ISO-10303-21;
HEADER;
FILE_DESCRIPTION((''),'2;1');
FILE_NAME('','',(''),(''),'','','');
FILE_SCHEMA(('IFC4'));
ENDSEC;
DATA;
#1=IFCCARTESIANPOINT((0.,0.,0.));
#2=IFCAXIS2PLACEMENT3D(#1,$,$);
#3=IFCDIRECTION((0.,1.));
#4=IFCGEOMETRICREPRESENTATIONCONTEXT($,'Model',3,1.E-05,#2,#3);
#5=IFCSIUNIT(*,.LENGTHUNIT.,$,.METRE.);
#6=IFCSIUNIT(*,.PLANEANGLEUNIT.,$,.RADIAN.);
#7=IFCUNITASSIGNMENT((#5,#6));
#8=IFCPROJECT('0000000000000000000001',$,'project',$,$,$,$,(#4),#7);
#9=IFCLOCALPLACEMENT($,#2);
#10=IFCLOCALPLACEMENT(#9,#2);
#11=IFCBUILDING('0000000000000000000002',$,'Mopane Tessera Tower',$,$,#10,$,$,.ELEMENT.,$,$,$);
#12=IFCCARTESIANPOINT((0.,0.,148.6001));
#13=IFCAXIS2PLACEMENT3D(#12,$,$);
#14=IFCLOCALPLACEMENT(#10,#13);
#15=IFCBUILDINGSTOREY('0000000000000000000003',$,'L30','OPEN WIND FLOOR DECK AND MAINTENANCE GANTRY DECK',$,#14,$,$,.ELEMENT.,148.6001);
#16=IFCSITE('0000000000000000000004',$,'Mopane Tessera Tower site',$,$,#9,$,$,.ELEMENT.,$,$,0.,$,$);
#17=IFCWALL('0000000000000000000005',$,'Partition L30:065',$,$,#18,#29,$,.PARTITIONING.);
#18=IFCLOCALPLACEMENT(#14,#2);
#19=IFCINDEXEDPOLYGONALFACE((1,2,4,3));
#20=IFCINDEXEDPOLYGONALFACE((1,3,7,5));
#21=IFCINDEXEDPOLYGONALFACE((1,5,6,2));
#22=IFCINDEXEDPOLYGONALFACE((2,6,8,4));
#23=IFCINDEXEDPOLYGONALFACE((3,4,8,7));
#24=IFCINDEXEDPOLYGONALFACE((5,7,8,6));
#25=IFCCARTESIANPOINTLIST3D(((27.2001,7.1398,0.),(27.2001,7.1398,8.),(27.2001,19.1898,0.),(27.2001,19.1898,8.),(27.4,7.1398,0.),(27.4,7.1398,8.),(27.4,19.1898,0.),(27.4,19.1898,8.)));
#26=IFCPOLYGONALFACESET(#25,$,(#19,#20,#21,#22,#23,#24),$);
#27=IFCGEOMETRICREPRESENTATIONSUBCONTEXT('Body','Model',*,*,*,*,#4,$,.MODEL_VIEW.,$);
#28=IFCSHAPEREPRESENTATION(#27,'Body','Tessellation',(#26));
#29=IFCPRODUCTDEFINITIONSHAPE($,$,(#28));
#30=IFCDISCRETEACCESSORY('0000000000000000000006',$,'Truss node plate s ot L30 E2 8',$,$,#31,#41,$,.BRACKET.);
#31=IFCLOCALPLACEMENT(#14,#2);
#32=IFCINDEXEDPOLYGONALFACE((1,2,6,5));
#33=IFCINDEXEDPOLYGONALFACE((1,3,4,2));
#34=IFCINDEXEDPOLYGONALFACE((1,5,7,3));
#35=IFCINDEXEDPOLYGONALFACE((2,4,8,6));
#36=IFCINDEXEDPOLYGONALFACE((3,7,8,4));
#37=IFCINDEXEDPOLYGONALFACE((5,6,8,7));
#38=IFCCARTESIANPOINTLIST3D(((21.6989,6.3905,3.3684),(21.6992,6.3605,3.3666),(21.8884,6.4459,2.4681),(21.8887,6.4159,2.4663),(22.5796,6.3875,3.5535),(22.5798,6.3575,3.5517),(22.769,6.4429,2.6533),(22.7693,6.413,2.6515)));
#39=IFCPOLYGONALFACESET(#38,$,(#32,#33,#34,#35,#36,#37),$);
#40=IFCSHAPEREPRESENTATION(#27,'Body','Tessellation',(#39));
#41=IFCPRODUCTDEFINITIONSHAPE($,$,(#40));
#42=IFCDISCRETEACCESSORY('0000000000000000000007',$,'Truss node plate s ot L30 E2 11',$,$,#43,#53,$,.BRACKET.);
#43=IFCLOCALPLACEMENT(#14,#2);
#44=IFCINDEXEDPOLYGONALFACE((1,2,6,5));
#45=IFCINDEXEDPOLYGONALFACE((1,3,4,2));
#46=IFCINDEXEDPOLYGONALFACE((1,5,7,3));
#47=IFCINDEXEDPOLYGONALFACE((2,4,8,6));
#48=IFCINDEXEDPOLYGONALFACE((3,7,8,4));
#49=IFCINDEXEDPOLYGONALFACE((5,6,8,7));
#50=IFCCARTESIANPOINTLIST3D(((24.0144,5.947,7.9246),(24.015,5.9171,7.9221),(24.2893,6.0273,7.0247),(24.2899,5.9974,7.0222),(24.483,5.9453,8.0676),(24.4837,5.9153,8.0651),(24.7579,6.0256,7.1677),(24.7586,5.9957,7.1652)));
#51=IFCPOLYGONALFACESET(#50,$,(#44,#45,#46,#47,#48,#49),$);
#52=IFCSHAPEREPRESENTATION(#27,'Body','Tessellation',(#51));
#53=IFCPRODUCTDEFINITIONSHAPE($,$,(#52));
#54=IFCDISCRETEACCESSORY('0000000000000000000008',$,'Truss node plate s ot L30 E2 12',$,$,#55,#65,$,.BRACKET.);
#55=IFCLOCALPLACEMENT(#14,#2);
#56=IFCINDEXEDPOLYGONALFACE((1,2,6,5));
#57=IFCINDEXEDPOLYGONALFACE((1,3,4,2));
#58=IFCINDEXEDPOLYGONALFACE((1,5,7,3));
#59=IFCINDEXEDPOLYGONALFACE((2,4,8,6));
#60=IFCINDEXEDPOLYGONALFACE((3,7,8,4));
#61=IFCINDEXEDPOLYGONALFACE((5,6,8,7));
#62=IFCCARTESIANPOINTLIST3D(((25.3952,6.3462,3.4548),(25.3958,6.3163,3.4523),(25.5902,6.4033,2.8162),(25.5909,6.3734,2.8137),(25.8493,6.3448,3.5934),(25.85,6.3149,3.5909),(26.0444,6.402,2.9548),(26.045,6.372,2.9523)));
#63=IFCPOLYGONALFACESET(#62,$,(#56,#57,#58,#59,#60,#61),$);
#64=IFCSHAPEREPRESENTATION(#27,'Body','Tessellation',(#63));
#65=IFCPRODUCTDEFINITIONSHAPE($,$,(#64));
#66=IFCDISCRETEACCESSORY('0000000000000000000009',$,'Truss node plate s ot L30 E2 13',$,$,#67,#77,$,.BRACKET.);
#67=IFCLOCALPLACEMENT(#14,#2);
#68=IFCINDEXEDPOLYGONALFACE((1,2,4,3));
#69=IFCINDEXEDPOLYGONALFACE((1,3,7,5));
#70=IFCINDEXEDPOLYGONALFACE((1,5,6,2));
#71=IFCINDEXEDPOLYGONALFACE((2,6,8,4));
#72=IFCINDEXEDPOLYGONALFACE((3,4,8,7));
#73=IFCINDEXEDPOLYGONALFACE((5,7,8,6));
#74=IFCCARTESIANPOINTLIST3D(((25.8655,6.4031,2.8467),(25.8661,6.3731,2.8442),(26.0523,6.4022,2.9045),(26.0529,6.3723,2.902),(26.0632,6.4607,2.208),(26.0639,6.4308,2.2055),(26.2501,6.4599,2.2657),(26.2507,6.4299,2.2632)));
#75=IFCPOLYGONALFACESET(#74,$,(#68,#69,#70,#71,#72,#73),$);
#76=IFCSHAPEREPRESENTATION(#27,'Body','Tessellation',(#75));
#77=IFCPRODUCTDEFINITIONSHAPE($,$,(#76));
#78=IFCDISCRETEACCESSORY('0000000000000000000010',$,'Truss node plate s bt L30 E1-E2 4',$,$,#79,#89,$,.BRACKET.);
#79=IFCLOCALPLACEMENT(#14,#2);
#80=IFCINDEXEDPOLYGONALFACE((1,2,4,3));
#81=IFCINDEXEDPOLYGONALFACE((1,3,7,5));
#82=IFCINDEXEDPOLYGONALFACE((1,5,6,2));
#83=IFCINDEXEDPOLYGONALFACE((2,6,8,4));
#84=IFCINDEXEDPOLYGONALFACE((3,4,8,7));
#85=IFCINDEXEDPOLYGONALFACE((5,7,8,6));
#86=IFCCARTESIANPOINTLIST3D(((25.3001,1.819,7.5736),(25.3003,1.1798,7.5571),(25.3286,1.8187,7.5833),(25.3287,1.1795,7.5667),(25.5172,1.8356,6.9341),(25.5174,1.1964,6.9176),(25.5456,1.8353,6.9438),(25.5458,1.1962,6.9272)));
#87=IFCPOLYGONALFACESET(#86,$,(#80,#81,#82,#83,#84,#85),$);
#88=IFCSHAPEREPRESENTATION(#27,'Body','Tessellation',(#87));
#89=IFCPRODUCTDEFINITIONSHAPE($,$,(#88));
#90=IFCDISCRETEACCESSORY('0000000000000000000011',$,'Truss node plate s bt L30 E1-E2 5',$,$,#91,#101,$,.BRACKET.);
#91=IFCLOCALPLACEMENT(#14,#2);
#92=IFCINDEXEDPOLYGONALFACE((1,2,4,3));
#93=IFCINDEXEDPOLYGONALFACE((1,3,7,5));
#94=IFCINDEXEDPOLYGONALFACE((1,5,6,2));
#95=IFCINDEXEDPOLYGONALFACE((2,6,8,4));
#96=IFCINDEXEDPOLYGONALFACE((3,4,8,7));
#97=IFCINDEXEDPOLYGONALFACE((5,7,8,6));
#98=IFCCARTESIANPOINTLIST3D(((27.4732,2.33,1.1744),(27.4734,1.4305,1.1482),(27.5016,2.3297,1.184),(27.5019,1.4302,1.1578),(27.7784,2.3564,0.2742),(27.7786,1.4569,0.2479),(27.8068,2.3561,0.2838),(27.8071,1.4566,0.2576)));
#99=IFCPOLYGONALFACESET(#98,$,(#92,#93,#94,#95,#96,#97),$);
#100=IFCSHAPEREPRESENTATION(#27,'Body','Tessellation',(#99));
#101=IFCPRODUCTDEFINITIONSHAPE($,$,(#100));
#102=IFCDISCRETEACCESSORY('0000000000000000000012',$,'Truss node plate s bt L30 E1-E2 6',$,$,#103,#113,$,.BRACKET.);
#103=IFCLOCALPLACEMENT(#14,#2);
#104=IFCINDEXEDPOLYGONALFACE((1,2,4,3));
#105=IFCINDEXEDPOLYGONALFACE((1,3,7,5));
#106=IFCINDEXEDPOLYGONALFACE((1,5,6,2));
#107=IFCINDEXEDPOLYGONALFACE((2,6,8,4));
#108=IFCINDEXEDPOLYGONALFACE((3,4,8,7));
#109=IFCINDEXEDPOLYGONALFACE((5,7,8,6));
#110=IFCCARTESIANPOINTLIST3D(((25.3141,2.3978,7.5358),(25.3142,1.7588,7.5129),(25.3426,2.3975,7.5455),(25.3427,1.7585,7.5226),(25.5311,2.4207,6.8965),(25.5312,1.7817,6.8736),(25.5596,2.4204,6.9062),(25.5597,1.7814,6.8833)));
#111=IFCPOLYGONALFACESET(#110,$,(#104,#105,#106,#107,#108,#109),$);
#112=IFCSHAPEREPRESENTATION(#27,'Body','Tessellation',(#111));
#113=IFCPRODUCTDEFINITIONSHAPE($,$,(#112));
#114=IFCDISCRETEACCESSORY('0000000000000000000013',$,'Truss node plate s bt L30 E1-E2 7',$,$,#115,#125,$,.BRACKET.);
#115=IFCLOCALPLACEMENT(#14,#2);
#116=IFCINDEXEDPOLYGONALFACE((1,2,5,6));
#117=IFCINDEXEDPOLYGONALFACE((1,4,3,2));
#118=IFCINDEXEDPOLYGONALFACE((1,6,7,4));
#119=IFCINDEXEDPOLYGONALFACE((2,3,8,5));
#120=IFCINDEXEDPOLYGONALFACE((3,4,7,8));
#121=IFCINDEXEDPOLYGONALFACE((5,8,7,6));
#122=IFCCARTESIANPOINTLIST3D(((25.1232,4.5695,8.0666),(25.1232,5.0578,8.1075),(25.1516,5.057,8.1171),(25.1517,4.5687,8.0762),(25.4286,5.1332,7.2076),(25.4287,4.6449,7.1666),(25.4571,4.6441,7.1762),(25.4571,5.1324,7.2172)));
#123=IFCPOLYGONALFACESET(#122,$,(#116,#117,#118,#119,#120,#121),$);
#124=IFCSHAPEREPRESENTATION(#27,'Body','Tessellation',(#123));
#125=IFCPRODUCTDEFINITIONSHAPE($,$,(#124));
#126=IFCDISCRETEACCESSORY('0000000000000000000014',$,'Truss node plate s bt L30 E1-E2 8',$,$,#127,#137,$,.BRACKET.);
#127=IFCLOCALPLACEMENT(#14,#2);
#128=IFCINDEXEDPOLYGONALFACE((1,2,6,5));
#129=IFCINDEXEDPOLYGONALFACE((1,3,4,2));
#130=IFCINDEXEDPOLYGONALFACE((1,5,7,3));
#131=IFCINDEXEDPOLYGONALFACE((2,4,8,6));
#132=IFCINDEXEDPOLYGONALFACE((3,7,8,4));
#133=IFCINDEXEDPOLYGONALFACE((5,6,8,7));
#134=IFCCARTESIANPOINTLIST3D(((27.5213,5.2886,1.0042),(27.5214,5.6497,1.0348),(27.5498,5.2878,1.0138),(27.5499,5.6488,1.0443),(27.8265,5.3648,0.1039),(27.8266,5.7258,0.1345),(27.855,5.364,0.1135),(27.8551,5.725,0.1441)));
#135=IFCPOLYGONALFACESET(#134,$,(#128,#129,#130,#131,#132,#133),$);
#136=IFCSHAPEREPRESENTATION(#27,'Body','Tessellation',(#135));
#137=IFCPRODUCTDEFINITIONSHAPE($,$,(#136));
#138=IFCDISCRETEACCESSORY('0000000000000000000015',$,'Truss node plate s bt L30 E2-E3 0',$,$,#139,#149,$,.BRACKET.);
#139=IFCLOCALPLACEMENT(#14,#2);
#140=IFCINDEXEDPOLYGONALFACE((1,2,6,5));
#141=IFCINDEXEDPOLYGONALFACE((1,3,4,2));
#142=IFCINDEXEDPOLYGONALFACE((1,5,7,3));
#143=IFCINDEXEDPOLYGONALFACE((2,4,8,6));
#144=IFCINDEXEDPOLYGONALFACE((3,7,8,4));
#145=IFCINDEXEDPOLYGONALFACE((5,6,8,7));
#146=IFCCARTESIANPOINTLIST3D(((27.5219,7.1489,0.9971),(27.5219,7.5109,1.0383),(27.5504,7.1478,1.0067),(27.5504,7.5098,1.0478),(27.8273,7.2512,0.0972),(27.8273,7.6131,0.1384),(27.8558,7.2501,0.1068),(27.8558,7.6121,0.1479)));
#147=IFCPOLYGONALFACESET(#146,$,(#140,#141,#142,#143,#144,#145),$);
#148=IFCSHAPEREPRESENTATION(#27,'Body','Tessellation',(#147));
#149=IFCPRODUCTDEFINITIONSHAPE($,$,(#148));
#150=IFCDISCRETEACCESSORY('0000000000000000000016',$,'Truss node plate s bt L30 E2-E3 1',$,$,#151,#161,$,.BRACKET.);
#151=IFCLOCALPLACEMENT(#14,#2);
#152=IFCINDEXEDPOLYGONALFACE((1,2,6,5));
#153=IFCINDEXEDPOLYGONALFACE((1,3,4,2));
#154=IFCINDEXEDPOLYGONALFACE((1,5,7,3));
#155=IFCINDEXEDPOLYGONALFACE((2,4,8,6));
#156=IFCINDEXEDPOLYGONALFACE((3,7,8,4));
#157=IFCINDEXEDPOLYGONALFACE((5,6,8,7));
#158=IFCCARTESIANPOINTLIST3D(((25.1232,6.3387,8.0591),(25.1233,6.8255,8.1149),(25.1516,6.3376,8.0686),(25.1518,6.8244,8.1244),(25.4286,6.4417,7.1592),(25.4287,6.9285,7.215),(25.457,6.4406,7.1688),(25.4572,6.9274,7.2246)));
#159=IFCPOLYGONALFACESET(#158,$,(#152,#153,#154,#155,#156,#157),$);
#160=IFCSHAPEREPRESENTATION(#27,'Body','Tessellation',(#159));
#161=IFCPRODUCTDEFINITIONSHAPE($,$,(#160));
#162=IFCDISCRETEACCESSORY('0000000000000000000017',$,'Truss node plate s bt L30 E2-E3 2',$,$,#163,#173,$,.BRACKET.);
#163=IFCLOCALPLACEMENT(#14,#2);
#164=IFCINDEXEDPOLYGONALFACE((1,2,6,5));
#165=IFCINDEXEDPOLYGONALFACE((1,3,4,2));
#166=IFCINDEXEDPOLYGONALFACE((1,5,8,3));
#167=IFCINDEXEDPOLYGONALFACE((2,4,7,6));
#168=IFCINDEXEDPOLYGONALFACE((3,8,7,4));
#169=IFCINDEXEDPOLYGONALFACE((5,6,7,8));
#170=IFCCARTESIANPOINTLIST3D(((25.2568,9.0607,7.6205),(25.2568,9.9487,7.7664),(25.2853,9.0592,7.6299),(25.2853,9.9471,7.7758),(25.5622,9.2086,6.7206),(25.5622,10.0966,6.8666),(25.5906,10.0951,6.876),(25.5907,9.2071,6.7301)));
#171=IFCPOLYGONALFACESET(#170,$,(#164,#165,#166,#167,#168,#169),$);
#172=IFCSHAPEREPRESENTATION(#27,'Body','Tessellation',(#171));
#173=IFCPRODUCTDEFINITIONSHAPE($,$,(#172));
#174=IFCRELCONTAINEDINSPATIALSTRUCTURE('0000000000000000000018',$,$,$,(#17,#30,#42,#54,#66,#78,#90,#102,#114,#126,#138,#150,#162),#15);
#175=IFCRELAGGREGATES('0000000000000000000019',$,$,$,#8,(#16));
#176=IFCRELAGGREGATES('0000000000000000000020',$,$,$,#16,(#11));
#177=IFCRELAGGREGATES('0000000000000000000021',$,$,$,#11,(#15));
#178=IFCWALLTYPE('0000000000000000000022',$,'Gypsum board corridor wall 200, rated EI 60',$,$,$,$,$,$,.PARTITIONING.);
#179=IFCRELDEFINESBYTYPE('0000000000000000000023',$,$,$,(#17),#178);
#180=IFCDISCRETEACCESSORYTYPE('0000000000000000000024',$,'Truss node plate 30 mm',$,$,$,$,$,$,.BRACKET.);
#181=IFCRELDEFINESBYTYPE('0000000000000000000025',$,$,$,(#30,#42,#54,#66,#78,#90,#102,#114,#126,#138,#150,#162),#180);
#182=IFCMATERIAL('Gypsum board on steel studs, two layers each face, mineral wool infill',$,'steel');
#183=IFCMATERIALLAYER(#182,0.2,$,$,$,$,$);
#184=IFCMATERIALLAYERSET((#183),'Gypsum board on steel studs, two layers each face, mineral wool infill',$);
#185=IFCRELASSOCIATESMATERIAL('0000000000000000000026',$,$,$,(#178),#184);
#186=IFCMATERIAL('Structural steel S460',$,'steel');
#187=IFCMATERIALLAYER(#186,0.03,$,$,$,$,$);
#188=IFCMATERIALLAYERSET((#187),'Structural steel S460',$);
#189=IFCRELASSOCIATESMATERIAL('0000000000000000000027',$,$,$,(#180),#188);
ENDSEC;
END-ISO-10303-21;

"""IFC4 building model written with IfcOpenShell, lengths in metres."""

from ifc_helpers import new_model, si_unit, direction, frame, frame_2d, origin, origin_2d, place, context, subcontext, project, spatial, rectangle, extrude, material, layer, layer_set, type_object, element, save


model = new_model("IFC4")

# Units and contexts
model_context = context("Model", 3, precision=1e-05, world=origin(), true_north=direction((0.0, 1.0)))
body_context = subcontext(model_context, "Body", "Model", "MODEL_VIEW")
ifc_project = project(units=[si_unit("LENGTHUNIT", "METRE"), si_unit("PLANEANGLEUNIT", "RADIAN")], contexts=[model_context])

# Site, building, storey
site_placement = place(None, origin())
site = spatial("IfcSite", under=ifc_project, at=site_placement, Name="Mopane Tessera Tower site", CompositionType="ELEMENT", RefElevation=0.0)
building_placement = place(site_placement, origin())
building = spatial("IfcBuilding", under=site, at=building_placement, Name="Mopane Tessera Tower", CompositionType="ELEMENT")
storey_placement = place(building_placement, frame((0.0, 0.0, 148.6001)))
storey = spatial("IfcBuildingStorey", under=building, at=storey_placement, Name="L30", Description="OPEN WIND FLOOR DECK AND MAINTENANCE GANTRY DECK", CompositionType="ELEMENT", Elevation=148.6001)

# Wall
ifc_material_1 = material(Name="Gypsum board on steel studs, two layers each face, mineral wool infill", Category="steel")
ifc_layer_1 = layer(ifc_material_1, 0.2)
ifc_layer_set_1 = layer_set([ifc_layer_1], Name="Gypsum board on steel studs, two layers each face, mineral wool infill")
wall_type = type_object("IfcWallType", Name="Gypsum board corridor wall 200, rated EI 60", PredefinedType="PARTITIONING", material=ifc_layer_set_1)
wall_1_placement = place(storey_placement, frame((27.3, 7.1399, 0.0), z_axis=(0.0, 0.0, 1.0), x_axis=(0.0, 1.0, 0.0)))
element("IfcWall", 1, at=wall_1_placement, inside=storey, type_object=wall_type, Name="Partition L30:065", PredefinedType="PARTITIONING", context=body_context, shape_type="SweptSolid", body=[
    extrude(rectangle(XDim=12.05, YDim=0.2, at=frame_2d((6.0249, 0.0))), origin(), (0.0, 0.0, 1.0), 8.0),
])

# Discrete accessories
ifc_material_2 = material(Name="Structural steel S460", Category="steel")
ifc_layer_2 = layer(ifc_material_2, 0.03)
ifc_layer_set_2 = layer_set([ifc_layer_2], Name="Structural steel S460")
discrete_accessory_type = type_object("IfcDiscreteAccessoryType", Name="Truss node plate 30 mm", PredefinedType="BRACKET", material=ifc_layer_set_2)
discrete_accessory_1_placement = place(storey_placement, frame((22.3289, 6.4294, 2.5598), z_axis=(-0.205584, -0.060139, 0.97679), x_axis=(-0.009145, 0.998185, 0.059531)))
element("IfcDiscreteAccessory", 2, at=discrete_accessory_1_placement, inside=storey, type_object=discrete_accessory_type, Name="Truss node plate s ot L30 E2 8", PredefinedType="BRACKET", context=body_context, shape_type="SweptSolid", body=[
    extrude(rectangle(XDim=0.03, YDim=0.8999, at=origin_2d()), origin(), (0.0, 0.0, 1.0), 0.9216),
])
discrete_accessory_2_placement = place(storey_placement, frame((24.5239, 6.0115, 7.095), z_axis=(-0.291094, -0.085053, 0.952906), x_axis=(-0.021463, 0.99637, 0.082376)))
element("IfcDiscreteAccessory", 3, at=discrete_accessory_2_placement, inside=storey, type_object=discrete_accessory_type, Name="Truss node plate s ot L30 E2 11", PredefinedType="BRACKET", context=body_context, shape_type="SweptSolid", body=[
    extrude(rectangle(XDim=0.03, YDim=0.49, at=origin_2d()), origin(), (0.0, 0.0, 1.0), 0.9443),
])
discrete_accessory_3_placement = place(storey_placement, frame((25.8176, 6.3877, 2.8843), z_axis=(-0.291044, -0.085237, 0.952905), x_axis=(-0.022104, 0.996356, 0.082373)))
element("IfcDiscreteAccessory", 4, at=discrete_accessory_3_placement, inside=storey, type_object=discrete_accessory_type, Name="Truss node plate s ot L30 E2 12", PredefinedType="BRACKET", context=body_context, shape_type="SweptSolid", body=[
    extrude(rectangle(XDim=0.03, YDim=0.4749, at=origin_2d()), origin(), (0.0, 0.0, 1.0), 0.6702),
])
discrete_accessory_4_placement = place(storey_placement, frame((26.157, 6.4453, 2.2356), z_axis=(-0.294687, -0.085859, 0.951729), x_axis=(-0.021306, 0.996298, 0.083283)))
element("IfcDiscreteAccessory", 5, at=discrete_accessory_4_placement, inside=storey, type_object=discrete_accessory_type, Name="Truss node plate s ot L30 E2 13", PredefinedType="BRACKET", context=body_context, shape_type="SweptSolid", body=[
    extrude(rectangle(XDim=0.03, YDim=0.1956, at=origin_2d()), origin(), (0.0, 0.0, 1.0), 0.6711),
])
discrete_accessory_5_placement = place(storey_placement, frame((25.5315, 1.5159, 6.9307), z_axis=(-0.321332, -0.024579, 0.946647), x_axis=(-0.946966, 0.008077, -0.321231)))
element("IfcDiscreteAccessory", 6, at=discrete_accessory_5_placement, inside=storey, type_object=discrete_accessory_type, Name="Truss node plate s bt L30 E1-E2 4", PredefinedType="BRACKET", context=body_context, shape_type="SweptSolid", body=[
    extrude(rectangle(XDim=0.03, YDim=0.6394, at=origin_2d()), origin(), (0.0, 0.0, 1.0), 0.6755),
])
discrete_accessory_6_placement = place(storey_placement, frame((27.7927, 1.9065, 0.2659), z_axis=(-0.320955, -0.02773, 0.946688), x_axis=(-0.947094, 0.009088, -0.320826)))
element("IfcDiscreteAccessory", 7, at=discrete_accessory_6_placement, inside=storey, type_object=discrete_accessory_type, Name="Truss node plate s bt L30 E1-E2 5", PredefinedType="BRACKET", context=body_context, shape_type="SweptSolid", body=[
    extrude(rectangle(XDim=0.03, YDim=0.8999, at=origin_2d()), origin(), (0.0, 0.0, 1.0), 0.9509),
])
discrete_accessory_7_placement = place(storey_placement, frame((25.5454, 2.1011, 6.8899), z_axis=(-0.321244, -0.033967, 0.946387), x_axis=(-0.946996, 0.011386, -0.321042)))
element("IfcDiscreteAccessory", 8, at=discrete_accessory_7_placement, inside=storey, type_object=discrete_accessory_type, Name="Truss node plate s bt L30 E1-E2 6", PredefinedType="BRACKET", context=body_context, shape_type="SweptSolid", body=[
    extrude(rectangle(XDim=0.03, YDim=0.6394, at=origin_2d()), origin(), (0.0, 0.0, 1.0), 0.6755),
])
discrete_accessory_8_placement = place(storey_placement, frame((25.4429, 4.8887, 7.1919), z_axis=(-0.320379, -0.079134, 0.943978), x_axis=(-0.947289, 0.026742, -0.319261)))
element("IfcDiscreteAccessory", 9, at=discrete_accessory_8_placement, inside=storey, type_object=discrete_accessory_type, Name="Truss node plate s bt L30 E1-E2 7", PredefinedType="BRACKET", context=body_context, shape_type="SweptSolid", body=[
    extrude(rectangle(XDim=0.03, YDim=0.49, at=origin_2d()), origin(), (0.0, 0.0, 1.0), 0.9534),
])
discrete_accessory_9_placement = place(storey_placement, frame((27.8408, 5.5449, 0.124), z_axis=(-0.320052, -0.079885, 0.944026), x_axis=(-0.9474, 0.027283, -0.318887)))
element("IfcDiscreteAccessory", 10, at=discrete_accessory_9_placement, inside=storey, type_object=discrete_accessory_type, Name="Truss node plate s bt L30 E1-E2 8", PredefinedType="BRACKET", context=body_context, shape_type="SweptSolid", body=[
    extrude(rectangle(XDim=0.03, YDim=0.3623, at=origin_2d()), origin(), (0.0, 0.0, 1.0), 0.9536),
])
discrete_accessory_10_placement = place(storey_placement, frame((27.8416, 7.4316, 0.1226), z_axis=(-0.319541, -0.107024, 0.941509), x_axis=(-0.947572, 0.036043, -0.317502)))
element("IfcDiscreteAccessory", 11, at=discrete_accessory_10_placement, inside=storey, type_object=discrete_accessory_type, Name="Truss node plate s bt L30 E2-E3 0", PredefinedType="BRACKET", context=body_context, shape_type="SweptSolid", body=[
    extrude(rectangle(XDim=0.03, YDim=0.3643, at=origin_2d()), origin(), (0.0, 0.0, 1.0), 0.9558),
])
discrete_accessory_11_placement = place(storey_placement, frame((25.4429, 6.6846, 7.1919), z_axis=(-0.319515, -0.107782, 0.941432), x_axis=(-0.947581, 0.036718, -0.317398)))
element("IfcDiscreteAccessory", 12, at=discrete_accessory_11_placement, inside=storey, type_object=discrete_accessory_type, Name="Truss node plate s bt L30 E2-E3 1", PredefinedType="BRACKET", context=body_context, shape_type="SweptSolid", body=[
    extrude(rectangle(XDim=0.03, YDim=0.49, at=origin_2d()), origin(), (0.0, 0.0, 1.0), 0.9558),
])
discrete_accessory_12_placement = place(storey_placement, frame((25.5764, 9.6519, 6.7983), z_axis=(-0.317561, -0.153831, 0.935677), x_axis=(-0.948238, 0.051498, -0.313358)))
element("IfcDiscreteAccessory", 13, at=discrete_accessory_12_placement, inside=storey, type_object=discrete_accessory_type, Name="Truss node plate s bt L30 E2-E3 2", PredefinedType="BRACKET", context=body_context, shape_type="SweptSolid", body=[
    extrude(rectangle(XDim=0.03, YDim=0.8999, at=origin_2d()), origin(), (0.0, 0.0, 1.0), 0.9617),
])

save(model, "model.ifc")
